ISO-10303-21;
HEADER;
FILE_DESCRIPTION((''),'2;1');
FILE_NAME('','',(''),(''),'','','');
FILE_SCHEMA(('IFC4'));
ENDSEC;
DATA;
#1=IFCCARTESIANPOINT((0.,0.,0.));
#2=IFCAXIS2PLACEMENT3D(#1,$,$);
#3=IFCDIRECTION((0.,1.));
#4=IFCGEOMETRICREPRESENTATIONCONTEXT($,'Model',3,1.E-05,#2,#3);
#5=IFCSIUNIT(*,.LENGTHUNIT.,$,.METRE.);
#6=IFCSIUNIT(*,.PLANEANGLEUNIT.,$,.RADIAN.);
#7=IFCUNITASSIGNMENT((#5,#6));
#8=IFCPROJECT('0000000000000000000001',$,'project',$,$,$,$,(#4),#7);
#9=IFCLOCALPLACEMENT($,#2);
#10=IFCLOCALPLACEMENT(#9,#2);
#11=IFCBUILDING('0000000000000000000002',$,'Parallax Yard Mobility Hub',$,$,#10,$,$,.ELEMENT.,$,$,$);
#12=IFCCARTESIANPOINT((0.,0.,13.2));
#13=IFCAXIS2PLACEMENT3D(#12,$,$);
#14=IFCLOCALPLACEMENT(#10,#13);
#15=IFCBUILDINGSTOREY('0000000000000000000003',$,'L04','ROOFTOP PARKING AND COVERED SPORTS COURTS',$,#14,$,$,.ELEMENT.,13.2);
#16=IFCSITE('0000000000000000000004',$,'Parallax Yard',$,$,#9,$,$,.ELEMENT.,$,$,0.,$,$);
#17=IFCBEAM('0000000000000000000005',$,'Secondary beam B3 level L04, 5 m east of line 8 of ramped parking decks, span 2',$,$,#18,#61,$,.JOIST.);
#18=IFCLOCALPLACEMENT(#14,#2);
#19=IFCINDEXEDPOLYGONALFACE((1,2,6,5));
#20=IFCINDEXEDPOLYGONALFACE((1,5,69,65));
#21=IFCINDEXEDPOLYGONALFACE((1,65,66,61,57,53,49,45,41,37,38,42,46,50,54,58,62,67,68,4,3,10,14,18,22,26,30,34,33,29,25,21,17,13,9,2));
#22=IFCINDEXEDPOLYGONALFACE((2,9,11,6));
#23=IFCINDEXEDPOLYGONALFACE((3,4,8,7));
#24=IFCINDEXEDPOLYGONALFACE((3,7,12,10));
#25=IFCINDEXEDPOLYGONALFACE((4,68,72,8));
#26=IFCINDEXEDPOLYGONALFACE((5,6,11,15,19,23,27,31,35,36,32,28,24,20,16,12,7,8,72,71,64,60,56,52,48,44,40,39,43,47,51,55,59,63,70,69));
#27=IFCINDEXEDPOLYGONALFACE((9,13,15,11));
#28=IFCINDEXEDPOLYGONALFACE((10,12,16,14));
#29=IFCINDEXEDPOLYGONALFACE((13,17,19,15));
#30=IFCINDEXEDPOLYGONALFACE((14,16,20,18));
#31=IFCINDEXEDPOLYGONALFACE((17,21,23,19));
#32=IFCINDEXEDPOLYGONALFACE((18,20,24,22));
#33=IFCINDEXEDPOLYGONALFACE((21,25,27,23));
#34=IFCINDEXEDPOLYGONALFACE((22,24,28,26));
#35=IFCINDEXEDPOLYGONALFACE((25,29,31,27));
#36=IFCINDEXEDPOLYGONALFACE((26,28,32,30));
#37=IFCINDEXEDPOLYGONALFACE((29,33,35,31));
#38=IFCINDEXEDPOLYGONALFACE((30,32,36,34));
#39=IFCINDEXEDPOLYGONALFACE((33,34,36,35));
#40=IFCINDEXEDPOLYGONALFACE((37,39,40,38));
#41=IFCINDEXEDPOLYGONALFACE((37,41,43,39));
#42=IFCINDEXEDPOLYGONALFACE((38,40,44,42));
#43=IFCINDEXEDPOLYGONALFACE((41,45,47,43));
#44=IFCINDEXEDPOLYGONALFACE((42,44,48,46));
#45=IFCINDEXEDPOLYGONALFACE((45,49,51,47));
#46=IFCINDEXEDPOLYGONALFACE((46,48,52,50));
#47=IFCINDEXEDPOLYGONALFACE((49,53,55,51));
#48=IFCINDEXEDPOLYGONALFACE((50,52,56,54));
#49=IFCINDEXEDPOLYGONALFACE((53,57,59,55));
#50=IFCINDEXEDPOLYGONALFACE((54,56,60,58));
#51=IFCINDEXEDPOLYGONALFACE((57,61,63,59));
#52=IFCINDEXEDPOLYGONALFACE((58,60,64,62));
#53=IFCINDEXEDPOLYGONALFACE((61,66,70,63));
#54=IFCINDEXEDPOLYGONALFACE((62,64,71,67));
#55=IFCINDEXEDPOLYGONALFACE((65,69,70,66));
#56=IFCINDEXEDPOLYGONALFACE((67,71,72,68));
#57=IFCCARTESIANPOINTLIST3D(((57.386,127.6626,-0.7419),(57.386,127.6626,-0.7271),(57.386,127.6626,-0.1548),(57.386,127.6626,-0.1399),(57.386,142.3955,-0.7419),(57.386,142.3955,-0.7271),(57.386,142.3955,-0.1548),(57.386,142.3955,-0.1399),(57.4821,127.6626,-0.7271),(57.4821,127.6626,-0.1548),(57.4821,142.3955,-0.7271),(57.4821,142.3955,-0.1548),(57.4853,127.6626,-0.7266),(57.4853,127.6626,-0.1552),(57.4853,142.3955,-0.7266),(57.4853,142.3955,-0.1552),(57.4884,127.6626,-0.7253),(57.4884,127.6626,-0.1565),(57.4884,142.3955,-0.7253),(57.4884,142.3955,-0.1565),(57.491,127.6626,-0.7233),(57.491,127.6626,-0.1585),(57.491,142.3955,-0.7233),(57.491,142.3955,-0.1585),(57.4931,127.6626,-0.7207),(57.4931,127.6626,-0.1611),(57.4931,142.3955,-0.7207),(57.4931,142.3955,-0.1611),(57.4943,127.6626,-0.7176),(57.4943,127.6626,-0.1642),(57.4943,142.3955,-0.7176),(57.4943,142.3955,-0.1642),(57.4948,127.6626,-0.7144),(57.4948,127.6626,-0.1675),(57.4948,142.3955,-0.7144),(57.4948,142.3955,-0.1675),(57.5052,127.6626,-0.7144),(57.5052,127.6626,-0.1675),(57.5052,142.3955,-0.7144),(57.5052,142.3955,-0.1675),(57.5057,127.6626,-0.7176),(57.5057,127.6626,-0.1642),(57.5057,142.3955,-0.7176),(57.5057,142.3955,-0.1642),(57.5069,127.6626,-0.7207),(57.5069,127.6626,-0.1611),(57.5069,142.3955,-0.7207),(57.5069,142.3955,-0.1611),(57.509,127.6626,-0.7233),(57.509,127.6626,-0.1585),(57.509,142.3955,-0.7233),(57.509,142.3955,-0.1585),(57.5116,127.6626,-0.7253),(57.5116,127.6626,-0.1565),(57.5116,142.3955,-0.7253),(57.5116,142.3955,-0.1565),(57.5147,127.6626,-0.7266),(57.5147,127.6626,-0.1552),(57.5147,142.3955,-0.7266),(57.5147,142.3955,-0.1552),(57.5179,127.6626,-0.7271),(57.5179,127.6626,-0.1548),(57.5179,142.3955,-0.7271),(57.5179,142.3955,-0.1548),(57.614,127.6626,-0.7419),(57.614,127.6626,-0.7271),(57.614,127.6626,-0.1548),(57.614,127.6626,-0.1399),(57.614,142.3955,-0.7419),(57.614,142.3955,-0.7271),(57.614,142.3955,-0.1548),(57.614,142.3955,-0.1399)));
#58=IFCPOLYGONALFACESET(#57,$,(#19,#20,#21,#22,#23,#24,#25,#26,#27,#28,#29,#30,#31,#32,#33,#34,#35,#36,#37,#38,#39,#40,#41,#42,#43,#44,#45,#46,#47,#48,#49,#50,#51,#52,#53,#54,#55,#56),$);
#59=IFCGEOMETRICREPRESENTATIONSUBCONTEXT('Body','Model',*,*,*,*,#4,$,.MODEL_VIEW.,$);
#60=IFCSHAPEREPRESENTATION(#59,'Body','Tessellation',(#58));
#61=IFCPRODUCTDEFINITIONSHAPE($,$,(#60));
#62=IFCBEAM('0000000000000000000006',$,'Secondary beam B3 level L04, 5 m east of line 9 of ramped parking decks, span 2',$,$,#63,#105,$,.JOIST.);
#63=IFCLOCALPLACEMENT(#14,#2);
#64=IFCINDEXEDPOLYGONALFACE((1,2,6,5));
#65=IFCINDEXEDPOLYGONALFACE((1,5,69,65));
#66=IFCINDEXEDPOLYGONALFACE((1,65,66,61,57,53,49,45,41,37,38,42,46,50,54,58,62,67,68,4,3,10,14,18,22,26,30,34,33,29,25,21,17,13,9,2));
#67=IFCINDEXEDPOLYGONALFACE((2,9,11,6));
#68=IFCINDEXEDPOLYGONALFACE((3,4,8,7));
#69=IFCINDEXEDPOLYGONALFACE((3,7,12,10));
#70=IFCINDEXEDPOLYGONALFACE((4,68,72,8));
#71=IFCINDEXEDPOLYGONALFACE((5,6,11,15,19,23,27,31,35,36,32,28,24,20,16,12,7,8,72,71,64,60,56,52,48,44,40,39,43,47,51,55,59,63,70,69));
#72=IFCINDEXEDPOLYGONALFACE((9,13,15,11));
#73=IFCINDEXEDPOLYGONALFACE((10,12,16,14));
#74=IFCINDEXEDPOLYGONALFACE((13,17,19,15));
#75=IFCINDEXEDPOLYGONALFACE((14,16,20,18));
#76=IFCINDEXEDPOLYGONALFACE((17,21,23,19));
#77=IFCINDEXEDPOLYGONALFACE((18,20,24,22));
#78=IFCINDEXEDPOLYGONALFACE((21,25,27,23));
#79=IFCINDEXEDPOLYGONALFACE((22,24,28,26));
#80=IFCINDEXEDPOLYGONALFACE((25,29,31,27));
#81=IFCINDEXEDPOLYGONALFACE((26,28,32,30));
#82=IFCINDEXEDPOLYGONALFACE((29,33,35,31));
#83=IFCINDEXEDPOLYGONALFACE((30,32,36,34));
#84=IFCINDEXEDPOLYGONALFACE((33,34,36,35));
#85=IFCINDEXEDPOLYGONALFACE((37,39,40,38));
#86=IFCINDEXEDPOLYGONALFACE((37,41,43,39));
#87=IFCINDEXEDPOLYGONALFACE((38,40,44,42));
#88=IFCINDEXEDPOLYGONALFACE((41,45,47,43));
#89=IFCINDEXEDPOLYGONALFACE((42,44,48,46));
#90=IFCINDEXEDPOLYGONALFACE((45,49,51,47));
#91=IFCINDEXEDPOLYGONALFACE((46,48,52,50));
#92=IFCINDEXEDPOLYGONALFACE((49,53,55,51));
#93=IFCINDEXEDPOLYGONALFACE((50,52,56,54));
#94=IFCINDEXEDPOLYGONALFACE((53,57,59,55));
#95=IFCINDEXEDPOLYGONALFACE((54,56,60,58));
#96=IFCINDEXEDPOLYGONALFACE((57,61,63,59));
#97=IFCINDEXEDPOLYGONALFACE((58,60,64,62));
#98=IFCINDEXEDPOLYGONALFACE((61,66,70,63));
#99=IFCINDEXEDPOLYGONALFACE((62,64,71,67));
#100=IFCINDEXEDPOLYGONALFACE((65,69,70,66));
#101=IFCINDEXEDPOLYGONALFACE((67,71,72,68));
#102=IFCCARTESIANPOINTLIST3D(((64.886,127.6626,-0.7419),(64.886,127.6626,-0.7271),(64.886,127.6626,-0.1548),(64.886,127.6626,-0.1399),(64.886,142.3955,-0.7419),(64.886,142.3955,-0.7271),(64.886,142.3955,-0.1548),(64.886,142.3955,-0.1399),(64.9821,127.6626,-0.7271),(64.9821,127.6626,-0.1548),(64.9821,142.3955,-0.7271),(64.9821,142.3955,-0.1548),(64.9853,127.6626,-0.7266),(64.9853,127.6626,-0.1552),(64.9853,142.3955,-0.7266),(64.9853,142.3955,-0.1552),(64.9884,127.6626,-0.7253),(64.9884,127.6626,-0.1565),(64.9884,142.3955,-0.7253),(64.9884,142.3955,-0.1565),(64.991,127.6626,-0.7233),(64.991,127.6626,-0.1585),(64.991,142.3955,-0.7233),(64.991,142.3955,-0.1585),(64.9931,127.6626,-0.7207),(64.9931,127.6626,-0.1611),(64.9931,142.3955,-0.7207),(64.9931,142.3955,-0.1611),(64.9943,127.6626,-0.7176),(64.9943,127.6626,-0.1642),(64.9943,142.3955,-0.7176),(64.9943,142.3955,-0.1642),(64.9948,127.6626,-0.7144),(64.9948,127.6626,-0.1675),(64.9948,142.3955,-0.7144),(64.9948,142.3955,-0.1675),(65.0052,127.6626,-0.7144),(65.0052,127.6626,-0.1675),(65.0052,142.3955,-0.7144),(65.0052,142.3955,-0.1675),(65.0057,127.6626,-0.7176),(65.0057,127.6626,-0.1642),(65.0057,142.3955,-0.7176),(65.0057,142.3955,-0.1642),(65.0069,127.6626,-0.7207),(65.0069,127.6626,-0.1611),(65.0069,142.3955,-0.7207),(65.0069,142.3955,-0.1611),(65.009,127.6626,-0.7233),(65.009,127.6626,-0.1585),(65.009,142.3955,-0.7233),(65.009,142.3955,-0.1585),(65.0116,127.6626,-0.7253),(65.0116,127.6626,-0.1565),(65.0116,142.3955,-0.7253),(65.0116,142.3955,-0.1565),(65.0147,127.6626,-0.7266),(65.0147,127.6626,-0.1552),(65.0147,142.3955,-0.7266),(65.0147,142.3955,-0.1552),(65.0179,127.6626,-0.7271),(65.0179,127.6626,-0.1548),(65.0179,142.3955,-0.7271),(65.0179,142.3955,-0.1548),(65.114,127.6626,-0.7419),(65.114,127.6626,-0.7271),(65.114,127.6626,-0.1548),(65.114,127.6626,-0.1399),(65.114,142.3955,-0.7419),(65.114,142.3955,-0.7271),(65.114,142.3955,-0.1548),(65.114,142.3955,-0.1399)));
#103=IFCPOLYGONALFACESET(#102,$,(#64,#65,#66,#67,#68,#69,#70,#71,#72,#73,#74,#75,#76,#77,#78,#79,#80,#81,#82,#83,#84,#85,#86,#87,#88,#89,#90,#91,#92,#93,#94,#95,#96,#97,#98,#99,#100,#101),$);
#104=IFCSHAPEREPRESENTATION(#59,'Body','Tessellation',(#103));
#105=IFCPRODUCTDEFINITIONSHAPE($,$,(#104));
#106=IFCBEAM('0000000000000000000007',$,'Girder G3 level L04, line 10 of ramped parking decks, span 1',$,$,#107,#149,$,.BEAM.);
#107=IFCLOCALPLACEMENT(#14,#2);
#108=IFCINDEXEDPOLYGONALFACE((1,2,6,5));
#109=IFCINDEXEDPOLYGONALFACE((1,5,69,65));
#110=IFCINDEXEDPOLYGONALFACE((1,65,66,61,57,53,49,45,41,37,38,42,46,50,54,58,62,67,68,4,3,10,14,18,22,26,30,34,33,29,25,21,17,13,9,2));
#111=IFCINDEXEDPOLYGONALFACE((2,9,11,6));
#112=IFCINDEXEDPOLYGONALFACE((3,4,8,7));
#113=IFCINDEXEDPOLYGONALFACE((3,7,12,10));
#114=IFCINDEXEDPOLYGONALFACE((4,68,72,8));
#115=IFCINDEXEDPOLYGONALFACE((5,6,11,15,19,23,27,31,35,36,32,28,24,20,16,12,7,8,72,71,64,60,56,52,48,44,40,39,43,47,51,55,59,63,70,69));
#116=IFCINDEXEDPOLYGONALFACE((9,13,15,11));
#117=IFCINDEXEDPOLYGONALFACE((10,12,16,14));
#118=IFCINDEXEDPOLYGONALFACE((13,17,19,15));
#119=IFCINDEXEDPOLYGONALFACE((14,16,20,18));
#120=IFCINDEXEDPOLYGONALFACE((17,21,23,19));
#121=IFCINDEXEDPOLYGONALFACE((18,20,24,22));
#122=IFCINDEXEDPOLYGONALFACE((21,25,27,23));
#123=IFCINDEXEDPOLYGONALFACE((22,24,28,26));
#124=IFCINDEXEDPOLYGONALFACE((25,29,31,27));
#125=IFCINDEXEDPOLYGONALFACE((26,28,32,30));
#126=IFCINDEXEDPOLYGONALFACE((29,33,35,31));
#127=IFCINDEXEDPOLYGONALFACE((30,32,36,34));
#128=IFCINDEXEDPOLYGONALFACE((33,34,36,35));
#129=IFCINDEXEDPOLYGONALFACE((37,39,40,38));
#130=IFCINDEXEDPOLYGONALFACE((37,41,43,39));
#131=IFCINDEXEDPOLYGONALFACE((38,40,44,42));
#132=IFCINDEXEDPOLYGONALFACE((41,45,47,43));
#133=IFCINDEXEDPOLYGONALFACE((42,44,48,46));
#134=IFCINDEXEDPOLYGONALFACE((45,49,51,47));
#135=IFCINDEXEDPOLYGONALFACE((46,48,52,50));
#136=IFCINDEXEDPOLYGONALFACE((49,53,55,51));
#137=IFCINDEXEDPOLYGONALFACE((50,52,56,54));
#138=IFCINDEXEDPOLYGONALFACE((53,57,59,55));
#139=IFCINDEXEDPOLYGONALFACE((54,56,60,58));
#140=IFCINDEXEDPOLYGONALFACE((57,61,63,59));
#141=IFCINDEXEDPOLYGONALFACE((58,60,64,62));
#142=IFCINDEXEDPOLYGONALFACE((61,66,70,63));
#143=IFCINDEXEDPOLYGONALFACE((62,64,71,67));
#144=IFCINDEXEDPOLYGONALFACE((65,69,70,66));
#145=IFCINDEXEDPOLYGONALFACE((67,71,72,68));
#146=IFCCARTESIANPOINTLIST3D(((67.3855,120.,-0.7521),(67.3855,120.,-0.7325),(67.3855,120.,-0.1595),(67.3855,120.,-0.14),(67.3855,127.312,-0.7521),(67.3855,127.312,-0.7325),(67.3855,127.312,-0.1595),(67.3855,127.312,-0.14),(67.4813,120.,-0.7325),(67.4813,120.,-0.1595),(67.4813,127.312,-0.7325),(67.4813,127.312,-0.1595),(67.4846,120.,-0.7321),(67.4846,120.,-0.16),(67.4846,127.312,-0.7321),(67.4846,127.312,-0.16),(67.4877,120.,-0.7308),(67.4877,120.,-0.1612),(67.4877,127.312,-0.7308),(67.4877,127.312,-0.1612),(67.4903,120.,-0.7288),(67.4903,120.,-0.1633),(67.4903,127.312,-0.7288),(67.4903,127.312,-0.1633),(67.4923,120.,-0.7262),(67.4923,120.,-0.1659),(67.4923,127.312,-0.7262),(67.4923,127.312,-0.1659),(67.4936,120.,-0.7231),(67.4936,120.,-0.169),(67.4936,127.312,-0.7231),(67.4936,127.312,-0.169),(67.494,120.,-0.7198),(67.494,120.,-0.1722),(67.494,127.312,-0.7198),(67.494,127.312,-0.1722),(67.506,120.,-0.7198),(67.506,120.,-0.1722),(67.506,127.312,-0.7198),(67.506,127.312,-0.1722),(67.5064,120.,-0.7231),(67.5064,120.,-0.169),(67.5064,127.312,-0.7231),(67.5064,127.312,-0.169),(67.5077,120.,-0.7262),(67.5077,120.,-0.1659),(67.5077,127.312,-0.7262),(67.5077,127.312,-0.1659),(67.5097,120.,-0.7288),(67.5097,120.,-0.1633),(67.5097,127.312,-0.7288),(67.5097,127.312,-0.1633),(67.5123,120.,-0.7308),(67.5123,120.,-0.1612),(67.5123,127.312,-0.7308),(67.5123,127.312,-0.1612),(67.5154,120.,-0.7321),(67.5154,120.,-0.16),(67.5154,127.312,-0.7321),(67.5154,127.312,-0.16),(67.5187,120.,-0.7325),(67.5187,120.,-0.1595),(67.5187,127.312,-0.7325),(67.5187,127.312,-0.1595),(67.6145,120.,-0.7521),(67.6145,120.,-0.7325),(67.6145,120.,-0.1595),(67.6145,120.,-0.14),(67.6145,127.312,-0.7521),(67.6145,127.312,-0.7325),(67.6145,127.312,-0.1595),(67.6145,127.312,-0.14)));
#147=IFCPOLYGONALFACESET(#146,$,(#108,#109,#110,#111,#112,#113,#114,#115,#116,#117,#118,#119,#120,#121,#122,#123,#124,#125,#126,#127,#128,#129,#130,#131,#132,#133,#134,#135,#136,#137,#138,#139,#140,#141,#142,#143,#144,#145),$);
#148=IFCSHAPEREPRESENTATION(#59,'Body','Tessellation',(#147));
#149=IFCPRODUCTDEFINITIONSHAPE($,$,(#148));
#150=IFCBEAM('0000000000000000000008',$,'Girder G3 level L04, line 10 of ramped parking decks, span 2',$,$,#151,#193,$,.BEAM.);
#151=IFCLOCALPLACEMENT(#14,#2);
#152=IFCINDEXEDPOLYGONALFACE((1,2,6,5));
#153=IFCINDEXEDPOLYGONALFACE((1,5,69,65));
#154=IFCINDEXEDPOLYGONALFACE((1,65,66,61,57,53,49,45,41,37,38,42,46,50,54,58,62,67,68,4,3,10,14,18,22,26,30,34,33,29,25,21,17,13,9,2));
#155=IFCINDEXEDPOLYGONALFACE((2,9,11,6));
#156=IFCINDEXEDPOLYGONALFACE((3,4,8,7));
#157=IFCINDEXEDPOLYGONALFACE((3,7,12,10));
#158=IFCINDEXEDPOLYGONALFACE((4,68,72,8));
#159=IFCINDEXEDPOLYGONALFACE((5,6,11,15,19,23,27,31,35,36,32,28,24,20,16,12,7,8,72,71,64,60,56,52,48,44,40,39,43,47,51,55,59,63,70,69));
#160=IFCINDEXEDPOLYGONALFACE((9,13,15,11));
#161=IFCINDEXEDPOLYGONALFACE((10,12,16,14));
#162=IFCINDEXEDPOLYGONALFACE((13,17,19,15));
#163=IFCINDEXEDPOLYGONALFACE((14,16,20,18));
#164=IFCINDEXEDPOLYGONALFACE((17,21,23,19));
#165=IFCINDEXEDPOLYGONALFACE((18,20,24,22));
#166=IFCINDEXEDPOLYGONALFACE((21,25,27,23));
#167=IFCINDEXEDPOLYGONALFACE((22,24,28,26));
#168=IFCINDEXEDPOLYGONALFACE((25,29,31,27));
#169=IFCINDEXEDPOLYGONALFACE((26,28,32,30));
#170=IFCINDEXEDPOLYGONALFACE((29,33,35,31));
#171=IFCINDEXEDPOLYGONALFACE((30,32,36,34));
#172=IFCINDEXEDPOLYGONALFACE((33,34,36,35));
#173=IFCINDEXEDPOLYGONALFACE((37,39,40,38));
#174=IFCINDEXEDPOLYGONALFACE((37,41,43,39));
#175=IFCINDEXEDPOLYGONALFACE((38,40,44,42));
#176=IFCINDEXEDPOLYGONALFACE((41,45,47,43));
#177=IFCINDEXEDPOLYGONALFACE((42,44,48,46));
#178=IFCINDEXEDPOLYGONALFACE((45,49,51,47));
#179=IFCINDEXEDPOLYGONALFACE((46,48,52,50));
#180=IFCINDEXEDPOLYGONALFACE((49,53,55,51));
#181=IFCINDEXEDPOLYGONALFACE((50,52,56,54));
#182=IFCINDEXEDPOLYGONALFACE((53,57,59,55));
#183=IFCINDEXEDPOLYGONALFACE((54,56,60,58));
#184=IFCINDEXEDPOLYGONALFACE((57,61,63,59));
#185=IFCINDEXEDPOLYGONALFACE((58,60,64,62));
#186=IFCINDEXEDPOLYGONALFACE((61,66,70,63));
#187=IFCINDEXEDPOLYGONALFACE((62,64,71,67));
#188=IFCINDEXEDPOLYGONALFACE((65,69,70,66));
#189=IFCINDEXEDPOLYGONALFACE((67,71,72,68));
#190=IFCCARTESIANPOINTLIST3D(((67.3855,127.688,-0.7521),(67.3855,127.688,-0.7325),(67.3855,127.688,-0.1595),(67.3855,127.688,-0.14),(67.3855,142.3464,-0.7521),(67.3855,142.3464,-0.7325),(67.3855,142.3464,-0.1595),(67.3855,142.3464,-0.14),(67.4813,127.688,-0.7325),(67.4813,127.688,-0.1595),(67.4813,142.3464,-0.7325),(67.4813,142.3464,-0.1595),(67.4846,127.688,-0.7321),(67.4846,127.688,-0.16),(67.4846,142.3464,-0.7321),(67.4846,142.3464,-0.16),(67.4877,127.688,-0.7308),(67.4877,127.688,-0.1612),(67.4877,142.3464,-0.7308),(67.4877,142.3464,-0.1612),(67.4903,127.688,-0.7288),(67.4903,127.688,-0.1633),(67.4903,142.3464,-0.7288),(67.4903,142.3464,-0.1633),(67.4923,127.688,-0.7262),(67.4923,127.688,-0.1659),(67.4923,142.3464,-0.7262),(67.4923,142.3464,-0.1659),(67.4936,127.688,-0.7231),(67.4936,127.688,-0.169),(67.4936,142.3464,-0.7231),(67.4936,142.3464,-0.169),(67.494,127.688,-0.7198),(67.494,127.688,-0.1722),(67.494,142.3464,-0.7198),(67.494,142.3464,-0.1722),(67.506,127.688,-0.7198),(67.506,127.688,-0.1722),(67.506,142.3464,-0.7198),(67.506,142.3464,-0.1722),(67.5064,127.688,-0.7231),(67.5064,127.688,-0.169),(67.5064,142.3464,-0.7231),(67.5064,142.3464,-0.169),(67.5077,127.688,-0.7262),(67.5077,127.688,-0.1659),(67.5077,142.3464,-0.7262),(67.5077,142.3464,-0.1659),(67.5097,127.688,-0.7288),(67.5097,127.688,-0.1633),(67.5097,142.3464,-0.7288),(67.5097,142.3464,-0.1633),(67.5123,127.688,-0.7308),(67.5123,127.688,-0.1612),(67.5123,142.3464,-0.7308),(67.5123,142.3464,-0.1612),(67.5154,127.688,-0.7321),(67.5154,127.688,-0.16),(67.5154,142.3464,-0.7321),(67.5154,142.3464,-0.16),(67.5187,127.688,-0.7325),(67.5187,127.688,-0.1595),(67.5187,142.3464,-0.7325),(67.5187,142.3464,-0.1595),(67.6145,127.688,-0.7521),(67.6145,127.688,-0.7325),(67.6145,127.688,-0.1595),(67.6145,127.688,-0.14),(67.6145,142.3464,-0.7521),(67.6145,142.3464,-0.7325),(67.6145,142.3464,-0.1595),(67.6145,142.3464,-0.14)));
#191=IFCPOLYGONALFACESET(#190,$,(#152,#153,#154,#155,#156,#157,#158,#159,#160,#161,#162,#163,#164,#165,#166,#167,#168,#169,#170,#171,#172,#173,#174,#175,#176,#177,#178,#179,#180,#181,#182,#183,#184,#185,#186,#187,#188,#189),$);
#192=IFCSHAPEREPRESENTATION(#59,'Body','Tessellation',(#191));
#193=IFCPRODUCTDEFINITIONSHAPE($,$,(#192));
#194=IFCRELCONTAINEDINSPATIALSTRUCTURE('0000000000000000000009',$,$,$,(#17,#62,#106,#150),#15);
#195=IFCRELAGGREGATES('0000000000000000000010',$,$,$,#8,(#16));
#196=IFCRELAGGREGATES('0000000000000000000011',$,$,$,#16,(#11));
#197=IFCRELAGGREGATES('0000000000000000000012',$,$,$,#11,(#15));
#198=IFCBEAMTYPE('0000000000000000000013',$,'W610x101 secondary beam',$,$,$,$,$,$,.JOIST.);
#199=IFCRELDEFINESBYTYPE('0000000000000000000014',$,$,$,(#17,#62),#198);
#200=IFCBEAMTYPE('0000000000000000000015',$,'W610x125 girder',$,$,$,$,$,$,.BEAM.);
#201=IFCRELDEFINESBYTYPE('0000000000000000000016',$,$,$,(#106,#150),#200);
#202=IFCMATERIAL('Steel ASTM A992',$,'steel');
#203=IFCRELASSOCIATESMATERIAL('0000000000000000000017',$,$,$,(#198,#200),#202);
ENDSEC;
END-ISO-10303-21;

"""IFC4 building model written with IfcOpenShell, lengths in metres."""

from ifc_helpers import new_model, si_unit, direction, frame, origin, origin_2d, place, context, subcontext, project, spatial, i_section, extrude, material, material_profile, profile_set, type_object, element, save


model = new_model("IFC4")

# Units and contexts
model_context = context("Model", 3, precision=1e-05, world=origin(), true_north=direction((0.0, 1.0)))
body_context = subcontext(model_context, "Body", "Model", "MODEL_VIEW")
ifc_project = project(units=[si_unit("LENGTHUNIT", "METRE"), si_unit("PLANEANGLEUNIT", "RADIAN")], contexts=[model_context])

# Site, building, storey
site_placement = place(None, origin())
site = spatial("IfcSite", under=ifc_project, at=site_placement, Name="Parallax Yard", CompositionType="ELEMENT", RefElevation=0.0)
building_placement = place(site_placement, origin())
building = spatial("IfcBuilding", under=site, at=building_placement, Name="Parallax Yard Mobility Hub", CompositionType="ELEMENT")
storey_placement = place(building_placement, frame((0.0, 0.0, 13.2)))
storey = spatial("IfcBuildingStorey", under=building, at=storey_placement, Name="L04", Description="ROOFTOP PARKING AND COVERED SPORTS COURTS", CompositionType="ELEMENT", Elevation=13.2)

# Shared definitions
ifc_material_1 = material(Name="Steel ASTM A992", Category="steel")

# Beams
ifc_material_profile_1 = material_profile(ifc_material_1, i_section(OverallWidth=0.228, OverallDepth=0.6021, WebThickness=0.0105, FlangeThickness=0.0149, FilletRadius=0.0127, at=origin_2d()), Name="W610x101")
ifc_profile_set_1 = profile_set([ifc_material_profile_1], Name="Steel ASTM A992")
beam_type_1 = type_object("IfcBeamType", Name="W610x101 secondary beam", PredefinedType="JOIST", material=ifc_profile_set_1)
for number, where, z_axis, x_axis, name in (
    (1, (57.5, 127.6626, -0.4409), (0.0, 1.0, 0.0), (-1.0, 0.0, 0.0), "Secondary beam B3 level L04, 5 m east of line 8 of ramped parking decks, span 2"),
    (2, (65.0, 127.6626, -0.4409), (0.0, 1.0, 0.0), (-1.0, 0.0, 0.0), "Secondary beam B3 level L04, 5 m east of line 9 of ramped parking decks, span 2"),
):
    element("IfcBeam", number, at=place(storey_placement, frame(where, z_axis=z_axis, x_axis=x_axis)), inside=storey, type_object=beam_type_1, Name=name, PredefinedType="JOIST", context=body_context, shape_type="SweptSolid", body=[
        extrude(i_section(OverallWidth=0.228, OverallDepth=0.6021, WebThickness=0.0105, FlangeThickness=0.0149, FilletRadius=0.0127, at=origin_2d()), origin(), (0.0, 0.0, 1.0), 14.7329),
    ])
ifc_material_profile_2 = material_profile(ifc_material_1, i_section(OverallWidth=0.229, OverallDepth=0.6121, WebThickness=0.012, FlangeThickness=0.0195, FilletRadius=0.0127, at=origin_2d()), Name="W610x125")
ifc_profile_set_2 = profile_set([ifc_material_profile_2], Name="Steel ASTM A992")
beam_type_2 = type_object("IfcBeamType", Name="W610x125 girder", PredefinedType="BEAM", material=ifc_profile_set_2)
beam_1_placement = place(storey_placement, frame((67.5, 120.0, -0.446), z_axis=(0.0, 1.0, 0.0), x_axis=(-1.0, 0.0, 0.0)))
element("IfcBeam", 3, at=beam_1_placement, inside=storey, type_object=beam_type_2, Name="Girder G3 level L04, line 10 of ramped parking decks, span 1", PredefinedType="BEAM", context=body_context, shape_type="SweptSolid", body=[
    extrude(i_section(OverallWidth=0.229, OverallDepth=0.6121, WebThickness=0.012, FlangeThickness=0.0195, FilletRadius=0.0127, at=origin_2d()), origin(), (0.0, 0.0, 1.0), 7.312),
])
beam_2_placement = place(storey_placement, frame((67.5, 127.688, -0.446), z_axis=(0.0, 1.0, 0.0), x_axis=(-1.0, 0.0, 0.0)))
element("IfcBeam", 4, at=beam_2_placement, inside=storey, type_object=beam_type_2, Name="Girder G3 level L04, line 10 of ramped parking decks, span 2", PredefinedType="BEAM", context=body_context, shape_type="SweptSolid", body=[
    extrude(i_section(OverallWidth=0.229, OverallDepth=0.6121, WebThickness=0.012, FlangeThickness=0.0195, FilletRadius=0.0127, at=origin_2d()), origin(), (0.0, 0.0, 1.0), 14.6584),
])

save(model, "model.ifc")
